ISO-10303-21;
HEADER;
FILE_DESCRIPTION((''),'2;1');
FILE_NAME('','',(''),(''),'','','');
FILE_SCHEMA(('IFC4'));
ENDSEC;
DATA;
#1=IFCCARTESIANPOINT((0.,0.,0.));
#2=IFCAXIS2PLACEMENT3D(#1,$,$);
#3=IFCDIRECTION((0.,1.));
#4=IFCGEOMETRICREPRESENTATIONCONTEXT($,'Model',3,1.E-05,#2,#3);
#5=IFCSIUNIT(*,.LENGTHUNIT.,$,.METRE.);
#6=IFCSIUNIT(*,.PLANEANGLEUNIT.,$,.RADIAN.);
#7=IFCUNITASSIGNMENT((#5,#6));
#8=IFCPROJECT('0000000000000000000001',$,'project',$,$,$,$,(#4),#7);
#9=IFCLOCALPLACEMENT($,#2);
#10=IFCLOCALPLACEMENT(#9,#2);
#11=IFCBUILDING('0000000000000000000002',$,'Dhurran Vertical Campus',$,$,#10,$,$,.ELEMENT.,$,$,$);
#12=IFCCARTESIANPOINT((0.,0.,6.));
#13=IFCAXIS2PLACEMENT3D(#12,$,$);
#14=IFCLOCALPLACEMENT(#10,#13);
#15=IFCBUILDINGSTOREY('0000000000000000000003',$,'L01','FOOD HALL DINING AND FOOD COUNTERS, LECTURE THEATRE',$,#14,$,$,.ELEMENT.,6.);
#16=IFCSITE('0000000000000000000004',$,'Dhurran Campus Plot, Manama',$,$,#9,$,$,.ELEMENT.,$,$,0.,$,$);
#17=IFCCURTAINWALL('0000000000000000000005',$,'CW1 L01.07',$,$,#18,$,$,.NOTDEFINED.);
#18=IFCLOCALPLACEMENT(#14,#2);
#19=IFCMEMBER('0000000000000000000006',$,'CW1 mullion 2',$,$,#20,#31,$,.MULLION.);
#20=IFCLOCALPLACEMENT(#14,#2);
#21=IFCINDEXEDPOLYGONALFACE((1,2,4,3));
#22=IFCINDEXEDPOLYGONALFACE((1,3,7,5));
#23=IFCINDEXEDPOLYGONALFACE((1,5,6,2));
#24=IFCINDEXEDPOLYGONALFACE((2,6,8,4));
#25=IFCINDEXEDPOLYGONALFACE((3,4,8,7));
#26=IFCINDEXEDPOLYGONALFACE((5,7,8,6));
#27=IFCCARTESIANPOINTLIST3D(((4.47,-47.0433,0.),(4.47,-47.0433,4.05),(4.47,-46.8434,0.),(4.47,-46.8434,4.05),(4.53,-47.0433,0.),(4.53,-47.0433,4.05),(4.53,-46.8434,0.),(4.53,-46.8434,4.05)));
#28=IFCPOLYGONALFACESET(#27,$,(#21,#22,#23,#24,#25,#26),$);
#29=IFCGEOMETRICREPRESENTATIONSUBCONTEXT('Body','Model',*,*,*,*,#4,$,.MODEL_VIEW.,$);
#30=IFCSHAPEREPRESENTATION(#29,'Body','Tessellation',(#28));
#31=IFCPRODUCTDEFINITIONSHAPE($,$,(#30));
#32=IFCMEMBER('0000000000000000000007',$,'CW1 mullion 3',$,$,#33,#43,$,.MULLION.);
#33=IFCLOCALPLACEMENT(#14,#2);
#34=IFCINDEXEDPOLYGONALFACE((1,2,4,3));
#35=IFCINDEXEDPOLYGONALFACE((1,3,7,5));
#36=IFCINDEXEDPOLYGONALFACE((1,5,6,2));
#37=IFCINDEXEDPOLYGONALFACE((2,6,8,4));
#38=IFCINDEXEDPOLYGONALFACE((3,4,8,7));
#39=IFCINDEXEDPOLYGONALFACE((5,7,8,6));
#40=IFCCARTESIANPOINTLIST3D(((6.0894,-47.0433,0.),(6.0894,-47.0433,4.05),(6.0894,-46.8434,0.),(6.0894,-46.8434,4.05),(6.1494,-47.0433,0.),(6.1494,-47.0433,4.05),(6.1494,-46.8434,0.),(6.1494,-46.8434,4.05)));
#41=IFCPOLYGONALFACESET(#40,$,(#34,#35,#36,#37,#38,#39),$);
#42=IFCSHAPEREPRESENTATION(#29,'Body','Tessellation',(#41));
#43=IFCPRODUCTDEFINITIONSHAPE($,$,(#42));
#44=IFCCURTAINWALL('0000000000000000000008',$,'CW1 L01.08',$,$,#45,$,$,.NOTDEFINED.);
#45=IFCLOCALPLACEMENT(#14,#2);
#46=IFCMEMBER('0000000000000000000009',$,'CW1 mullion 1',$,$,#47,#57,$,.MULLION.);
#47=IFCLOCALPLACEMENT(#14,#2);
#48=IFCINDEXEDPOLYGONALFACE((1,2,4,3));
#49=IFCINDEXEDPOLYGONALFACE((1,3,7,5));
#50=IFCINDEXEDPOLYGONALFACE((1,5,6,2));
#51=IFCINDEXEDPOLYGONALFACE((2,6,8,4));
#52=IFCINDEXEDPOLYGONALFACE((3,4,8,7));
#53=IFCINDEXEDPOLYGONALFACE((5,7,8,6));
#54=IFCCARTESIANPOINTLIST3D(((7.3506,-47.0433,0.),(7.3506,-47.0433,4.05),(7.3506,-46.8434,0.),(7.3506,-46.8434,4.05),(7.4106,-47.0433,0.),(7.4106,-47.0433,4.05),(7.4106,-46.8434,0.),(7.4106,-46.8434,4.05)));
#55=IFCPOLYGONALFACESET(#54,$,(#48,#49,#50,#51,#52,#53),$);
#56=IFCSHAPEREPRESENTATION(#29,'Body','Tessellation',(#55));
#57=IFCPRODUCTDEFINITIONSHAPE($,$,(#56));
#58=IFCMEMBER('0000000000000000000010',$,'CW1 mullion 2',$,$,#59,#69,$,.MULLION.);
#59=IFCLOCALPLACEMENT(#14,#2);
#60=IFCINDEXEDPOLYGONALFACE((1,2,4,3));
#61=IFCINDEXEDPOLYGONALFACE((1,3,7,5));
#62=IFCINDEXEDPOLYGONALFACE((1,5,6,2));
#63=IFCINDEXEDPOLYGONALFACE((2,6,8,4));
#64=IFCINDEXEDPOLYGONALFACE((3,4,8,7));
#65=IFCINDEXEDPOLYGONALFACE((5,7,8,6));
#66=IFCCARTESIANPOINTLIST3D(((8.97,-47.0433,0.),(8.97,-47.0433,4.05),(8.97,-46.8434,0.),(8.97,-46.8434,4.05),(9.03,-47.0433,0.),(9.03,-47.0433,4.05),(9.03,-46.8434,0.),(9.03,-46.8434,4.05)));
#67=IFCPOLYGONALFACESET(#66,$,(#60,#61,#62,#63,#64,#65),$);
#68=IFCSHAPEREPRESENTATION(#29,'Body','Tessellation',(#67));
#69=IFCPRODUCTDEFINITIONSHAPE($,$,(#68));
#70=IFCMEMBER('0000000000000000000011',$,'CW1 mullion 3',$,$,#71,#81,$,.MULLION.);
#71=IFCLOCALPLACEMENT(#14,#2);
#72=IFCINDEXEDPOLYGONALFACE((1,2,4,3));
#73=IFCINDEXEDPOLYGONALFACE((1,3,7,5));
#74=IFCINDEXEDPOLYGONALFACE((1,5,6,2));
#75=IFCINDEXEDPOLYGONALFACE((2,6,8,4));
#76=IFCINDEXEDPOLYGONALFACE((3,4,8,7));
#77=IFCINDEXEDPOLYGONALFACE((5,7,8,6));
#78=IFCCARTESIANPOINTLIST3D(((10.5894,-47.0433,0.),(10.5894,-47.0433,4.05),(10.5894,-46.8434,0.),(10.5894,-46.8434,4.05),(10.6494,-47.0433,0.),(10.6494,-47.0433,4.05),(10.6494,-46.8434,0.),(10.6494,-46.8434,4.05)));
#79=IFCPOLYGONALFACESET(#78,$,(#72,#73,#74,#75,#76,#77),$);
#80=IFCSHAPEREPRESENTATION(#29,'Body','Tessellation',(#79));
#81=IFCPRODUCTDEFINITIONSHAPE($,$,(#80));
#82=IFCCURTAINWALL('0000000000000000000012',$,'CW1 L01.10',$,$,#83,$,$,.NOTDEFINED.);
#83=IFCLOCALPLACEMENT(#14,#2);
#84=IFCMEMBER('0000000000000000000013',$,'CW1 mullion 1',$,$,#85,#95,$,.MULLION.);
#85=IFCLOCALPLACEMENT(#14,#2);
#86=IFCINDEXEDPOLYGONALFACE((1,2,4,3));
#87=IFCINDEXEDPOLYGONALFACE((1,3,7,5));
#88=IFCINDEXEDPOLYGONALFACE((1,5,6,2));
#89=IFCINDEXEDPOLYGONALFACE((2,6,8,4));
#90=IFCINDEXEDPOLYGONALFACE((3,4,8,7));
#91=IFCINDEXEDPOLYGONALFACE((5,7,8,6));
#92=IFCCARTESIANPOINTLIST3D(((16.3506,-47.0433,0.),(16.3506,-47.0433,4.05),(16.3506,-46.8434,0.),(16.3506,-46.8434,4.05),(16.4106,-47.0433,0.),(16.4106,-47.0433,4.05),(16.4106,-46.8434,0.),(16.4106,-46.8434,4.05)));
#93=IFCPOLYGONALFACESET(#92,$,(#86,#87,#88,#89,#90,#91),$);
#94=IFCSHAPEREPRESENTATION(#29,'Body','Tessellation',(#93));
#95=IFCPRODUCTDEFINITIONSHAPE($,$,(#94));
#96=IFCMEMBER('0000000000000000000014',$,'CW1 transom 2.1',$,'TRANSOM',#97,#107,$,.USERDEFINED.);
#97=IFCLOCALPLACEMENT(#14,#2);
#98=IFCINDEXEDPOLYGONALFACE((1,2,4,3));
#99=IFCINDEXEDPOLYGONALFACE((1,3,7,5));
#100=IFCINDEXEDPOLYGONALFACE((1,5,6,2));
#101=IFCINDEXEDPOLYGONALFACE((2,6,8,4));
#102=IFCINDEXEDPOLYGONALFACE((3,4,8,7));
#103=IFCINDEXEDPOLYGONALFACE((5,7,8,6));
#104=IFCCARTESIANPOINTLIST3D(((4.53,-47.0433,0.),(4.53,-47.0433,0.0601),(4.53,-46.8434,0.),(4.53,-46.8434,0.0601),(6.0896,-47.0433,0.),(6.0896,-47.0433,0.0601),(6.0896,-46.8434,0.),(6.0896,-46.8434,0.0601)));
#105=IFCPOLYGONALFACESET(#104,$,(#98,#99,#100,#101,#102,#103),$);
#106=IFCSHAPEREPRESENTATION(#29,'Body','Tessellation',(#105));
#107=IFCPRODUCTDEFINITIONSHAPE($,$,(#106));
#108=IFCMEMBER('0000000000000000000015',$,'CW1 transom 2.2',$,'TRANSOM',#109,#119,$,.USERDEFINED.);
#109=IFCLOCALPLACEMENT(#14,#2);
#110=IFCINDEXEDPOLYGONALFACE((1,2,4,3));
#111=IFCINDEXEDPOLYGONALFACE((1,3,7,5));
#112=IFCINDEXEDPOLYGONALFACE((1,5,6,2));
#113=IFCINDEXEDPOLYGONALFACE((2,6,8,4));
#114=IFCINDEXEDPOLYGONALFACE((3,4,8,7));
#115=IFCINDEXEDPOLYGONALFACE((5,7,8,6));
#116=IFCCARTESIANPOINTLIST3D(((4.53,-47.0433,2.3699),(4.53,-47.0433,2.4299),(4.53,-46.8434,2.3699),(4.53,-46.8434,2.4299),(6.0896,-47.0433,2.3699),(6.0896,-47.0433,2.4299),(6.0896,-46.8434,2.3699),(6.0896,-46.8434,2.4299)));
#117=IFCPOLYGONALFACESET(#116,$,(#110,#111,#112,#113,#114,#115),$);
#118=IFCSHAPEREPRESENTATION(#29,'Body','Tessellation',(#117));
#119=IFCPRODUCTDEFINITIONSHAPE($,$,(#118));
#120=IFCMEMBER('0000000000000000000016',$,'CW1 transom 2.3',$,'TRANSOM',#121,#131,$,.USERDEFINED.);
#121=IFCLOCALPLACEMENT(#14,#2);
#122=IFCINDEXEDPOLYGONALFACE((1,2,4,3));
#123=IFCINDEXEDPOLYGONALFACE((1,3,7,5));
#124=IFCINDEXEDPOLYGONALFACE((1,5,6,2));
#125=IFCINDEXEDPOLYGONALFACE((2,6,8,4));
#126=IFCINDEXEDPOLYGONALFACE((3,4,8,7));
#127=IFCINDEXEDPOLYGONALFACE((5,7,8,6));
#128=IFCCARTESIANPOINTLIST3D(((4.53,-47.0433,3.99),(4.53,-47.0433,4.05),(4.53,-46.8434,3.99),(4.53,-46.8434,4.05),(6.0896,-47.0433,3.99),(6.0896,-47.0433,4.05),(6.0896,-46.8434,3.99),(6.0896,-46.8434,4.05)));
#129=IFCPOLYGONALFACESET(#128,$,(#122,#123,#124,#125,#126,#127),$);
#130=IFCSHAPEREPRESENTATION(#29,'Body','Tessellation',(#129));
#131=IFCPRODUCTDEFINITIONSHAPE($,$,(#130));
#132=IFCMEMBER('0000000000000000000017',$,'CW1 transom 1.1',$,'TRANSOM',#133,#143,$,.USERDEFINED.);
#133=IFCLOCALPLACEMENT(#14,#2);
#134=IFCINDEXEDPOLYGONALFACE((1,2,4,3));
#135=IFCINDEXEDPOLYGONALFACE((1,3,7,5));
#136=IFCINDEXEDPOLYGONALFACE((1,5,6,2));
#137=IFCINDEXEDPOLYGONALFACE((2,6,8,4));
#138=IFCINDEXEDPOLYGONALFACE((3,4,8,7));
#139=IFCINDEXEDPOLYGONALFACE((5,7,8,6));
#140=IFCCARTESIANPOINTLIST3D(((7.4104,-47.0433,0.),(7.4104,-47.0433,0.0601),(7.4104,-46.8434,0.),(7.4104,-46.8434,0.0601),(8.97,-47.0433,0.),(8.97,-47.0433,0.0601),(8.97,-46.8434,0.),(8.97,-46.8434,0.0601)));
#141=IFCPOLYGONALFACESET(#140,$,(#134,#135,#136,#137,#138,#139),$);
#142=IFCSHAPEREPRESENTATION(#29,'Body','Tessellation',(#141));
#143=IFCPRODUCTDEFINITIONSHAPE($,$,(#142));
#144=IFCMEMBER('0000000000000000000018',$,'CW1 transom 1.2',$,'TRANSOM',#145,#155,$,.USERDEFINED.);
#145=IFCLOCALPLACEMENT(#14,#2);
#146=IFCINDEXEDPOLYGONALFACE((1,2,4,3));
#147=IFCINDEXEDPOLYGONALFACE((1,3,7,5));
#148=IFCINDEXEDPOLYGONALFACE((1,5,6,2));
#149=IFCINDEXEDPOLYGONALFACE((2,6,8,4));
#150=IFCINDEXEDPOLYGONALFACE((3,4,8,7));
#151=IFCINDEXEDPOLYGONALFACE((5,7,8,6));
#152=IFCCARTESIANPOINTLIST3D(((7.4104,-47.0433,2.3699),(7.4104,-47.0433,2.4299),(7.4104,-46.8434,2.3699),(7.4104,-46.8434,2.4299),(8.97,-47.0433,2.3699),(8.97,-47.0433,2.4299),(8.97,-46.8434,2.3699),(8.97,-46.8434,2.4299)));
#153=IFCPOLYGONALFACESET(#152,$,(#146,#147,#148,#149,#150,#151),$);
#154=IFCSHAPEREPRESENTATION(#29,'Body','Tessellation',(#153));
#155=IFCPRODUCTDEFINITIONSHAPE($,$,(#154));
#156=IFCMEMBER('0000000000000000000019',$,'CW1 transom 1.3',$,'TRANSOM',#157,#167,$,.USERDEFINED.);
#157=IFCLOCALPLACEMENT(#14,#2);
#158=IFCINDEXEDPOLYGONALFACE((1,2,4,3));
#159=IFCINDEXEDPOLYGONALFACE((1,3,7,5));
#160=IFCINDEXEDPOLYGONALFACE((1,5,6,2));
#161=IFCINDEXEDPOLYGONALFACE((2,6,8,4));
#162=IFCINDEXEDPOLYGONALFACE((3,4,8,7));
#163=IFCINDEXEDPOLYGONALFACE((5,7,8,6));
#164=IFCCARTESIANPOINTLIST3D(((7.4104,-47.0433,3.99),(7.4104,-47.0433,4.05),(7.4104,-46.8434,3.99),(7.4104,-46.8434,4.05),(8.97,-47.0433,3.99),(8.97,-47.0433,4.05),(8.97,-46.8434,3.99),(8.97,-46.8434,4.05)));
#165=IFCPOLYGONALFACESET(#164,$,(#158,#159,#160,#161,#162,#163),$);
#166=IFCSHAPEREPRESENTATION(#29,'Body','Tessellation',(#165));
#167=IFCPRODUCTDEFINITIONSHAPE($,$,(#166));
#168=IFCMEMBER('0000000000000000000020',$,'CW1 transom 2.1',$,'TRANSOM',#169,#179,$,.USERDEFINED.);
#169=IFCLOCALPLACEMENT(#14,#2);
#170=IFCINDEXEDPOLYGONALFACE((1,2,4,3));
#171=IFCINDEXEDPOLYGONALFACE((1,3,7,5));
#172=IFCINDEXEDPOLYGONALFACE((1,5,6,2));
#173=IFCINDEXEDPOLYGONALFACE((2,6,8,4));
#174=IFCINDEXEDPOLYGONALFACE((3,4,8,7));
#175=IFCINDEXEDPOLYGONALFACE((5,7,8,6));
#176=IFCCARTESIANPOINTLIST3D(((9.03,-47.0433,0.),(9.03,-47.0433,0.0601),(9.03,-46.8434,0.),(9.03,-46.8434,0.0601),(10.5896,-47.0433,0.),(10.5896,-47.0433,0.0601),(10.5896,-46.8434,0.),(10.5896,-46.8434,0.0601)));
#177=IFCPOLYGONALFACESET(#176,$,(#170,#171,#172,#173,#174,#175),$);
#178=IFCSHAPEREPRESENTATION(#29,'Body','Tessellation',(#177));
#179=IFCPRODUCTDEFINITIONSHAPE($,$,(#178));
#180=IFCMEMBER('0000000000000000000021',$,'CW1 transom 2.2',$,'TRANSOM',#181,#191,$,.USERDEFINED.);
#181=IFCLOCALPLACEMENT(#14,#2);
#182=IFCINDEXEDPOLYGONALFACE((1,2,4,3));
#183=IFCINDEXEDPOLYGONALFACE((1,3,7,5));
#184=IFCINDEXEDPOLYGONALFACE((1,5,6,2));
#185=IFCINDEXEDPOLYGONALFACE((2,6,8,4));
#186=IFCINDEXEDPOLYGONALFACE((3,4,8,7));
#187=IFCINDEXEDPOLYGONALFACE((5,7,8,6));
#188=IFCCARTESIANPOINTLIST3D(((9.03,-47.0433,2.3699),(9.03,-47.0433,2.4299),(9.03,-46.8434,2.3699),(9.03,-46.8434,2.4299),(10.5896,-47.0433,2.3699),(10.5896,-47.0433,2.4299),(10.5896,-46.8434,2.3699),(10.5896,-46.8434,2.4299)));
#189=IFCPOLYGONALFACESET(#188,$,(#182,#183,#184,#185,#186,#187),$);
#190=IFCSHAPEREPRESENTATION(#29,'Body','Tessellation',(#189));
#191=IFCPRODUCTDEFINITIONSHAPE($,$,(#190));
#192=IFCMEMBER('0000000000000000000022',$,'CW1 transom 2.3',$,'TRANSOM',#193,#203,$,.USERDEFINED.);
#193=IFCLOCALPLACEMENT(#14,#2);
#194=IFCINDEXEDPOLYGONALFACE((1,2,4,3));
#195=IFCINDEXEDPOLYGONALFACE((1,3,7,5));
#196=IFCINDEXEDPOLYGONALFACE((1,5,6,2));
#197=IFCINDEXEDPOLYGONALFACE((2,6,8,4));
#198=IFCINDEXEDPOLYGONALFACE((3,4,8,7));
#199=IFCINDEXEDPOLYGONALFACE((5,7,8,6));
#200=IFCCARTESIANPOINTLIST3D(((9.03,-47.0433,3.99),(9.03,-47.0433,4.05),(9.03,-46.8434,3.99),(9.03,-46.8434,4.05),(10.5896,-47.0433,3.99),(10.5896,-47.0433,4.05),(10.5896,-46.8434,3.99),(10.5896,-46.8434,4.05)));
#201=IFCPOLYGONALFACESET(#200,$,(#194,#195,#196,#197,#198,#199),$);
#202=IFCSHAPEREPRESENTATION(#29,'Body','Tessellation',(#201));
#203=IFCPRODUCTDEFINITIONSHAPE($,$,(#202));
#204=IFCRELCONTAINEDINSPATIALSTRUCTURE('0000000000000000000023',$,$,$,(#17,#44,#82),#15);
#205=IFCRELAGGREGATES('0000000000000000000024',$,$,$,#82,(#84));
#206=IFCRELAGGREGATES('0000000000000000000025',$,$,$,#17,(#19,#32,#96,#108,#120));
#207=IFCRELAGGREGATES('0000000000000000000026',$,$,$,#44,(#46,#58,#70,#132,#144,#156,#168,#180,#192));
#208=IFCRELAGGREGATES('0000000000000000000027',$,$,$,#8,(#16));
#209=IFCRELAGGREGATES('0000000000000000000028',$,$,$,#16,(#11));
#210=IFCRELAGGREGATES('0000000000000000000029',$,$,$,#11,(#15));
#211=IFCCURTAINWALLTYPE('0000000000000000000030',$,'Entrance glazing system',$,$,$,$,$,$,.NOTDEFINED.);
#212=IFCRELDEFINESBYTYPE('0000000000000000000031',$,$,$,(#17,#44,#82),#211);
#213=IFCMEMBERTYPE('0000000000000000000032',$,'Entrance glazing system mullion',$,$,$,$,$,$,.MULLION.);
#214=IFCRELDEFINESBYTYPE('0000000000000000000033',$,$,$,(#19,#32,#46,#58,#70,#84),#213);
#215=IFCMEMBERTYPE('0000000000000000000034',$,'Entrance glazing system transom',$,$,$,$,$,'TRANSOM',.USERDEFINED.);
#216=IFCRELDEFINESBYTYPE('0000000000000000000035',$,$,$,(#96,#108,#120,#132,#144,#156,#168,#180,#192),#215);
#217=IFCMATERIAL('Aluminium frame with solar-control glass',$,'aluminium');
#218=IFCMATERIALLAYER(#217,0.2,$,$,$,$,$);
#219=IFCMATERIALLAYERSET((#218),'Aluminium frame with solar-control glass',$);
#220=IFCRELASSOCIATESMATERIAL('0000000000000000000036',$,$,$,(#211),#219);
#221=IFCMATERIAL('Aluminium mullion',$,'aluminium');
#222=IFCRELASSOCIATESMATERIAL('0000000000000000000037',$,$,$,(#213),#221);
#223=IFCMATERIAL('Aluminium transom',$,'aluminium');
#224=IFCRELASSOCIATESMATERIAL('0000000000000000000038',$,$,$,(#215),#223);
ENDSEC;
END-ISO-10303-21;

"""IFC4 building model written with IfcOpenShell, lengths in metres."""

from ifc_helpers import new_model, si_unit, direction, frame, origin, origin_2d, place, context, subcontext, project, spatial, rectangle, extrude, material, layer, layer_set, material_profile, profile_set, type_object, element, aggregate, save


model = new_model("IFC4")

# Units and contexts
model_context = context("Model", 3, precision=1e-05, world=origin(), true_north=direction((0.0, 1.0)))
body_context = subcontext(model_context, "Body", "Model", "MODEL_VIEW")
ifc_project = project(units=[si_unit("LENGTHUNIT", "METRE"), si_unit("PLANEANGLEUNIT", "RADIAN")], contexts=[model_context])

# Site, building, storey
site_placement = place(None, origin())
site = spatial("IfcSite", under=ifc_project, at=site_placement, Name="Dhurran Campus Plot, Manama", CompositionType="ELEMENT", RefElevation=0.0)
building_placement = place(site_placement, origin())
building = spatial("IfcBuilding", under=site, at=building_placement, Name="Dhurran Vertical Campus", CompositionType="ELEMENT")
storey_placement = place(building_placement, frame((0.0, 0.0, 6.0)))
storey = spatial("IfcBuildingStorey", under=building, at=storey_placement, Name="L01", Description="FOOD HALL DINING AND FOOD COUNTERS, LECTURE THEATRE", CompositionType="ELEMENT", Elevation=6.0)

# Curtain walls, members
ifc_material_1 = material(Name="Aluminium frame with solar-control glass", Category="aluminium")
ifc_layer_1 = layer(ifc_material_1, 0.2)
ifc_layer_set_1 = layer_set([ifc_layer_1], Name="Aluminium frame with solar-control glass")
curtain_wall_type = type_object("IfcCurtainWallType", Name="Entrance glazing system", PredefinedType="NOTDEFINED", material=ifc_layer_set_1)
curtain_wall_1_placement = place(storey_placement, origin())
curtain_wall_1 = element("IfcCurtainWall", 1, at=curtain_wall_1_placement, inside=storey, type_object=curtain_wall_type, Name="CW1 L01.07", PredefinedType="NOTDEFINED")
ifc_material_2 = material(Name="Aluminium mullion", Category="aluminium")
ifc_material_profile_1 = material_profile(ifc_material_2, rectangle(XDim=0.2, YDim=0.0601, at=origin_2d()), Name="Entrance glazing system mullion")
ifc_profile_set_1 = profile_set([ifc_material_profile_1], Name="Aluminium mullion")
member_type_1 = type_object("IfcMemberType", Name="Entrance glazing system mullion", PredefinedType="MULLION", material=ifc_profile_set_1)
member_1_placement = place(storey_placement, frame((4.5, -46.9434, 0.0), z_axis=(0.0, 0.0, 1.0), x_axis=(0.0, 1.0, 0.0)))
member_1 = element("IfcMember", 2, at=member_1_placement, type_object=member_type_1, Name="CW1 mullion 2", PredefinedType="MULLION", context=body_context, shape_type="SweptSolid", body=[
    extrude(rectangle(XDim=0.2, YDim=0.0601, at=origin_2d()), origin(), (0.0, 0.0, 1.0), 4.05),
])
member_2_placement = place(storey_placement, frame((6.1194, -46.9434, 0.0), z_axis=(0.0, 0.0, 1.0), x_axis=(0.0, 1.0, 0.0)))
member_2 = element("IfcMember", 3, at=member_2_placement, type_object=member_type_1, Name="CW1 mullion 3", PredefinedType="MULLION", context=body_context, shape_type="SweptSolid", body=[
    extrude(rectangle(XDim=0.2, YDim=0.0601, at=origin_2d()), origin(), (0.0, 0.0, 1.0), 4.05),
])
curtain_wall_2_placement = place(storey_placement, origin())
curtain_wall_2 = element("IfcCurtainWall", 4, at=curtain_wall_2_placement, inside=storey, type_object=curtain_wall_type, Name="CW1 L01.08", PredefinedType="NOTDEFINED")
member_3_placement = place(storey_placement, frame((7.3806, -46.9434, 0.0), z_axis=(0.0, 0.0, 1.0), x_axis=(0.0, 1.0, 0.0)))
member_3 = element("IfcMember", 5, at=member_3_placement, type_object=member_type_1, Name="CW1 mullion 1", PredefinedType="MULLION", context=body_context, shape_type="SweptSolid", body=[
    extrude(rectangle(XDim=0.2, YDim=0.0601, at=origin_2d()), origin(), (0.0, 0.0, 1.0), 4.05),
])
member_4_placement = place(storey_placement, frame((9.0, -46.9434, 0.0), z_axis=(0.0, 0.0, 1.0), x_axis=(0.0, 1.0, 0.0)))
member_4 = element("IfcMember", 6, at=member_4_placement, type_object=member_type_1, Name="CW1 mullion 2", PredefinedType="MULLION", context=body_context, shape_type="SweptSolid", body=[
    extrude(rectangle(XDim=0.2, YDim=0.0601, at=origin_2d()), origin(), (0.0, 0.0, 1.0), 4.05),
])
member_5_placement = place(storey_placement, frame((10.6194, -46.9434, 0.0), z_axis=(0.0, 0.0, 1.0), x_axis=(0.0, 1.0, 0.0)))
member_5 = element("IfcMember", 7, at=member_5_placement, type_object=member_type_1, Name="CW1 mullion 3", PredefinedType="MULLION", context=body_context, shape_type="SweptSolid", body=[
    extrude(rectangle(XDim=0.2, YDim=0.0601, at=origin_2d()), origin(), (0.0, 0.0, 1.0), 4.05),
])

# Curtain wall, member
curtain_wall_3_placement = place(storey_placement, origin())
curtain_wall_3 = element("IfcCurtainWall", 8, at=curtain_wall_3_placement, inside=storey, type_object=curtain_wall_type, Name="CW1 L01.10", PredefinedType="NOTDEFINED")
member_6_placement = place(storey_placement, frame((16.3806, -46.9434, 0.0), z_axis=(0.0, 0.0, 1.0), x_axis=(0.0, 1.0, 0.0)))
member_6 = element("IfcMember", 9, at=member_6_placement, type_object=member_type_1, Name="CW1 mullion 1", PredefinedType="MULLION", context=body_context, shape_type="SweptSolid", body=[
    extrude(rectangle(XDim=0.2, YDim=0.0601, at=origin_2d()), origin(), (0.0, 0.0, 1.0), 4.05),
])

# Members
ifc_material_3 = material(Name="Aluminium transom", Category="aluminium")
ifc_material_profile_2 = material_profile(ifc_material_3, rectangle(XDim=0.2, YDim=0.0601, at=origin_2d()), Name="Entrance glazing system transom")
ifc_profile_set_2 = profile_set([ifc_material_profile_2], Name="Aluminium transom")
member_type_2 = type_object("IfcMemberType", Name="Entrance glazing system transom", ElementType="TRANSOM", PredefinedType="USERDEFINED", material=ifc_profile_set_2)
member_7_placement = place(storey_placement, frame((4.53, -46.9434, 0.03), z_axis=(1.0, 0.0, 0.0), x_axis=(0.0, 1.0, 0.0)))
member_7 = element("IfcMember", 10, at=member_7_placement, type_object=member_type_2, Name="CW1 transom 2.1", ObjectType="TRANSOM", PredefinedType="USERDEFINED", context=body_context, shape_type="SweptSolid", body=[
    extrude(rectangle(XDim=0.2, YDim=0.0601, at=origin_2d()), origin(), (0.0, 0.0, 1.0), 1.5596),
])
member_8_placement = place(storey_placement, frame((4.53, -46.9434, 2.3999), z_axis=(1.0, 0.0, 0.0), x_axis=(0.0, 1.0, 0.0)))
member_8 = element("IfcMember", 11, at=member_8_placement, type_object=member_type_2, Name="CW1 transom 2.2", ObjectType="TRANSOM", PredefinedType="USERDEFINED", context=body_context, shape_type="SweptSolid", body=[
    extrude(rectangle(XDim=0.2, YDim=0.0601, at=origin_2d()), origin(), (0.0, 0.0, 1.0), 1.5596),
])
member_9_placement = place(storey_placement, frame((4.53, -46.9434, 4.02), z_axis=(1.0, 0.0, 0.0), x_axis=(0.0, 1.0, 0.0)))
member_9 = element("IfcMember", 12, at=member_9_placement, type_object=member_type_2, Name="CW1 transom 2.3", ObjectType="TRANSOM", PredefinedType="USERDEFINED", context=body_context, shape_type="SweptSolid", body=[
    extrude(rectangle(XDim=0.2, YDim=0.0601, at=origin_2d()), origin(), (0.0, 0.0, 1.0), 1.5596),
])
member_10_placement = place(storey_placement, frame((7.4104, -46.9434, 0.03), z_axis=(1.0, 0.0, 0.0), x_axis=(0.0, 1.0, 0.0)))
member_10 = element("IfcMember", 13, at=member_10_placement, type_object=member_type_2, Name="CW1 transom 1.1", ObjectType="TRANSOM", PredefinedType="USERDEFINED", context=body_context, shape_type="SweptSolid", body=[
    extrude(rectangle(XDim=0.2, YDim=0.0601, at=origin_2d()), origin(), (0.0, 0.0, 1.0), 1.5596),
])
member_11_placement = place(storey_placement, frame((7.4104, -46.9434, 2.3999), z_axis=(1.0, 0.0, 0.0), x_axis=(0.0, 1.0, 0.0)))
member_11 = element("IfcMember", 14, at=member_11_placement, type_object=member_type_2, Name="CW1 transom 1.2", ObjectType="TRANSOM", PredefinedType="USERDEFINED", context=body_context, shape_type="SweptSolid", body=[
    extrude(rectangle(XDim=0.2, YDim=0.0601, at=origin_2d()), origin(), (0.0, 0.0, 1.0), 1.5596),
])
member_12_placement = place(storey_placement, frame((7.4104, -46.9434, 4.02), z_axis=(1.0, 0.0, 0.0), x_axis=(0.0, 1.0, 0.0)))
member_12 = element("IfcMember", 15, at=member_12_placement, type_object=member_type_2, Name="CW1 transom 1.3", ObjectType="TRANSOM", PredefinedType="USERDEFINED", context=body_context, shape_type="SweptSolid", body=[
    extrude(rectangle(XDim=0.2, YDim=0.0601, at=origin_2d()), origin(), (0.0, 0.0, 1.0), 1.5596),
])
member_13_placement = place(storey_placement, frame((9.03, -46.9434, 0.03), z_axis=(1.0, 0.0, 0.0), x_axis=(0.0, 1.0, 0.0)))
member_13 = element("IfcMember", 16, at=member_13_placement, type_object=member_type_2, Name="CW1 transom 2.1", ObjectType="TRANSOM", PredefinedType="USERDEFINED", context=body_context, shape_type="SweptSolid", body=[
    extrude(rectangle(XDim=0.2, YDim=0.0601, at=origin_2d()), origin(), (0.0, 0.0, 1.0), 1.5596),
])
member_14_placement = place(storey_placement, frame((9.03, -46.9434, 2.3999), z_axis=(1.0, 0.0, 0.0), x_axis=(0.0, 1.0, 0.0)))
member_14 = element("IfcMember", 17, at=member_14_placement, type_object=member_type_2, Name="CW1 transom 2.2", ObjectType="TRANSOM", PredefinedType="USERDEFINED", context=body_context, shape_type="SweptSolid", body=[
    extrude(rectangle(XDim=0.2, YDim=0.0601, at=origin_2d()), origin(), (0.0, 0.0, 1.0), 1.5596),
])
member_15_placement = place(storey_placement, frame((9.03, -46.9434, 4.02), z_axis=(1.0, 0.0, 0.0), x_axis=(0.0, 1.0, 0.0)))
member_15 = element("IfcMember", 18, at=member_15_placement, type_object=member_type_2, Name="CW1 transom 2.3", ObjectType="TRANSOM", PredefinedType="USERDEFINED", context=body_context, shape_type="SweptSolid", body=[
    extrude(rectangle(XDim=0.2, YDim=0.0601, at=origin_2d()), origin(), (0.0, 0.0, 1.0), 1.5596),
])
aggregate(curtain_wall_3, [member_6])

aggregate(curtain_wall_1, [member_1, member_2, member_7, member_8, member_9])
aggregate(curtain_wall_2, [member_3, member_4, member_5, member_10, member_11, member_12, member_13, member_14, member_15])

save(model, "model.ifc")
